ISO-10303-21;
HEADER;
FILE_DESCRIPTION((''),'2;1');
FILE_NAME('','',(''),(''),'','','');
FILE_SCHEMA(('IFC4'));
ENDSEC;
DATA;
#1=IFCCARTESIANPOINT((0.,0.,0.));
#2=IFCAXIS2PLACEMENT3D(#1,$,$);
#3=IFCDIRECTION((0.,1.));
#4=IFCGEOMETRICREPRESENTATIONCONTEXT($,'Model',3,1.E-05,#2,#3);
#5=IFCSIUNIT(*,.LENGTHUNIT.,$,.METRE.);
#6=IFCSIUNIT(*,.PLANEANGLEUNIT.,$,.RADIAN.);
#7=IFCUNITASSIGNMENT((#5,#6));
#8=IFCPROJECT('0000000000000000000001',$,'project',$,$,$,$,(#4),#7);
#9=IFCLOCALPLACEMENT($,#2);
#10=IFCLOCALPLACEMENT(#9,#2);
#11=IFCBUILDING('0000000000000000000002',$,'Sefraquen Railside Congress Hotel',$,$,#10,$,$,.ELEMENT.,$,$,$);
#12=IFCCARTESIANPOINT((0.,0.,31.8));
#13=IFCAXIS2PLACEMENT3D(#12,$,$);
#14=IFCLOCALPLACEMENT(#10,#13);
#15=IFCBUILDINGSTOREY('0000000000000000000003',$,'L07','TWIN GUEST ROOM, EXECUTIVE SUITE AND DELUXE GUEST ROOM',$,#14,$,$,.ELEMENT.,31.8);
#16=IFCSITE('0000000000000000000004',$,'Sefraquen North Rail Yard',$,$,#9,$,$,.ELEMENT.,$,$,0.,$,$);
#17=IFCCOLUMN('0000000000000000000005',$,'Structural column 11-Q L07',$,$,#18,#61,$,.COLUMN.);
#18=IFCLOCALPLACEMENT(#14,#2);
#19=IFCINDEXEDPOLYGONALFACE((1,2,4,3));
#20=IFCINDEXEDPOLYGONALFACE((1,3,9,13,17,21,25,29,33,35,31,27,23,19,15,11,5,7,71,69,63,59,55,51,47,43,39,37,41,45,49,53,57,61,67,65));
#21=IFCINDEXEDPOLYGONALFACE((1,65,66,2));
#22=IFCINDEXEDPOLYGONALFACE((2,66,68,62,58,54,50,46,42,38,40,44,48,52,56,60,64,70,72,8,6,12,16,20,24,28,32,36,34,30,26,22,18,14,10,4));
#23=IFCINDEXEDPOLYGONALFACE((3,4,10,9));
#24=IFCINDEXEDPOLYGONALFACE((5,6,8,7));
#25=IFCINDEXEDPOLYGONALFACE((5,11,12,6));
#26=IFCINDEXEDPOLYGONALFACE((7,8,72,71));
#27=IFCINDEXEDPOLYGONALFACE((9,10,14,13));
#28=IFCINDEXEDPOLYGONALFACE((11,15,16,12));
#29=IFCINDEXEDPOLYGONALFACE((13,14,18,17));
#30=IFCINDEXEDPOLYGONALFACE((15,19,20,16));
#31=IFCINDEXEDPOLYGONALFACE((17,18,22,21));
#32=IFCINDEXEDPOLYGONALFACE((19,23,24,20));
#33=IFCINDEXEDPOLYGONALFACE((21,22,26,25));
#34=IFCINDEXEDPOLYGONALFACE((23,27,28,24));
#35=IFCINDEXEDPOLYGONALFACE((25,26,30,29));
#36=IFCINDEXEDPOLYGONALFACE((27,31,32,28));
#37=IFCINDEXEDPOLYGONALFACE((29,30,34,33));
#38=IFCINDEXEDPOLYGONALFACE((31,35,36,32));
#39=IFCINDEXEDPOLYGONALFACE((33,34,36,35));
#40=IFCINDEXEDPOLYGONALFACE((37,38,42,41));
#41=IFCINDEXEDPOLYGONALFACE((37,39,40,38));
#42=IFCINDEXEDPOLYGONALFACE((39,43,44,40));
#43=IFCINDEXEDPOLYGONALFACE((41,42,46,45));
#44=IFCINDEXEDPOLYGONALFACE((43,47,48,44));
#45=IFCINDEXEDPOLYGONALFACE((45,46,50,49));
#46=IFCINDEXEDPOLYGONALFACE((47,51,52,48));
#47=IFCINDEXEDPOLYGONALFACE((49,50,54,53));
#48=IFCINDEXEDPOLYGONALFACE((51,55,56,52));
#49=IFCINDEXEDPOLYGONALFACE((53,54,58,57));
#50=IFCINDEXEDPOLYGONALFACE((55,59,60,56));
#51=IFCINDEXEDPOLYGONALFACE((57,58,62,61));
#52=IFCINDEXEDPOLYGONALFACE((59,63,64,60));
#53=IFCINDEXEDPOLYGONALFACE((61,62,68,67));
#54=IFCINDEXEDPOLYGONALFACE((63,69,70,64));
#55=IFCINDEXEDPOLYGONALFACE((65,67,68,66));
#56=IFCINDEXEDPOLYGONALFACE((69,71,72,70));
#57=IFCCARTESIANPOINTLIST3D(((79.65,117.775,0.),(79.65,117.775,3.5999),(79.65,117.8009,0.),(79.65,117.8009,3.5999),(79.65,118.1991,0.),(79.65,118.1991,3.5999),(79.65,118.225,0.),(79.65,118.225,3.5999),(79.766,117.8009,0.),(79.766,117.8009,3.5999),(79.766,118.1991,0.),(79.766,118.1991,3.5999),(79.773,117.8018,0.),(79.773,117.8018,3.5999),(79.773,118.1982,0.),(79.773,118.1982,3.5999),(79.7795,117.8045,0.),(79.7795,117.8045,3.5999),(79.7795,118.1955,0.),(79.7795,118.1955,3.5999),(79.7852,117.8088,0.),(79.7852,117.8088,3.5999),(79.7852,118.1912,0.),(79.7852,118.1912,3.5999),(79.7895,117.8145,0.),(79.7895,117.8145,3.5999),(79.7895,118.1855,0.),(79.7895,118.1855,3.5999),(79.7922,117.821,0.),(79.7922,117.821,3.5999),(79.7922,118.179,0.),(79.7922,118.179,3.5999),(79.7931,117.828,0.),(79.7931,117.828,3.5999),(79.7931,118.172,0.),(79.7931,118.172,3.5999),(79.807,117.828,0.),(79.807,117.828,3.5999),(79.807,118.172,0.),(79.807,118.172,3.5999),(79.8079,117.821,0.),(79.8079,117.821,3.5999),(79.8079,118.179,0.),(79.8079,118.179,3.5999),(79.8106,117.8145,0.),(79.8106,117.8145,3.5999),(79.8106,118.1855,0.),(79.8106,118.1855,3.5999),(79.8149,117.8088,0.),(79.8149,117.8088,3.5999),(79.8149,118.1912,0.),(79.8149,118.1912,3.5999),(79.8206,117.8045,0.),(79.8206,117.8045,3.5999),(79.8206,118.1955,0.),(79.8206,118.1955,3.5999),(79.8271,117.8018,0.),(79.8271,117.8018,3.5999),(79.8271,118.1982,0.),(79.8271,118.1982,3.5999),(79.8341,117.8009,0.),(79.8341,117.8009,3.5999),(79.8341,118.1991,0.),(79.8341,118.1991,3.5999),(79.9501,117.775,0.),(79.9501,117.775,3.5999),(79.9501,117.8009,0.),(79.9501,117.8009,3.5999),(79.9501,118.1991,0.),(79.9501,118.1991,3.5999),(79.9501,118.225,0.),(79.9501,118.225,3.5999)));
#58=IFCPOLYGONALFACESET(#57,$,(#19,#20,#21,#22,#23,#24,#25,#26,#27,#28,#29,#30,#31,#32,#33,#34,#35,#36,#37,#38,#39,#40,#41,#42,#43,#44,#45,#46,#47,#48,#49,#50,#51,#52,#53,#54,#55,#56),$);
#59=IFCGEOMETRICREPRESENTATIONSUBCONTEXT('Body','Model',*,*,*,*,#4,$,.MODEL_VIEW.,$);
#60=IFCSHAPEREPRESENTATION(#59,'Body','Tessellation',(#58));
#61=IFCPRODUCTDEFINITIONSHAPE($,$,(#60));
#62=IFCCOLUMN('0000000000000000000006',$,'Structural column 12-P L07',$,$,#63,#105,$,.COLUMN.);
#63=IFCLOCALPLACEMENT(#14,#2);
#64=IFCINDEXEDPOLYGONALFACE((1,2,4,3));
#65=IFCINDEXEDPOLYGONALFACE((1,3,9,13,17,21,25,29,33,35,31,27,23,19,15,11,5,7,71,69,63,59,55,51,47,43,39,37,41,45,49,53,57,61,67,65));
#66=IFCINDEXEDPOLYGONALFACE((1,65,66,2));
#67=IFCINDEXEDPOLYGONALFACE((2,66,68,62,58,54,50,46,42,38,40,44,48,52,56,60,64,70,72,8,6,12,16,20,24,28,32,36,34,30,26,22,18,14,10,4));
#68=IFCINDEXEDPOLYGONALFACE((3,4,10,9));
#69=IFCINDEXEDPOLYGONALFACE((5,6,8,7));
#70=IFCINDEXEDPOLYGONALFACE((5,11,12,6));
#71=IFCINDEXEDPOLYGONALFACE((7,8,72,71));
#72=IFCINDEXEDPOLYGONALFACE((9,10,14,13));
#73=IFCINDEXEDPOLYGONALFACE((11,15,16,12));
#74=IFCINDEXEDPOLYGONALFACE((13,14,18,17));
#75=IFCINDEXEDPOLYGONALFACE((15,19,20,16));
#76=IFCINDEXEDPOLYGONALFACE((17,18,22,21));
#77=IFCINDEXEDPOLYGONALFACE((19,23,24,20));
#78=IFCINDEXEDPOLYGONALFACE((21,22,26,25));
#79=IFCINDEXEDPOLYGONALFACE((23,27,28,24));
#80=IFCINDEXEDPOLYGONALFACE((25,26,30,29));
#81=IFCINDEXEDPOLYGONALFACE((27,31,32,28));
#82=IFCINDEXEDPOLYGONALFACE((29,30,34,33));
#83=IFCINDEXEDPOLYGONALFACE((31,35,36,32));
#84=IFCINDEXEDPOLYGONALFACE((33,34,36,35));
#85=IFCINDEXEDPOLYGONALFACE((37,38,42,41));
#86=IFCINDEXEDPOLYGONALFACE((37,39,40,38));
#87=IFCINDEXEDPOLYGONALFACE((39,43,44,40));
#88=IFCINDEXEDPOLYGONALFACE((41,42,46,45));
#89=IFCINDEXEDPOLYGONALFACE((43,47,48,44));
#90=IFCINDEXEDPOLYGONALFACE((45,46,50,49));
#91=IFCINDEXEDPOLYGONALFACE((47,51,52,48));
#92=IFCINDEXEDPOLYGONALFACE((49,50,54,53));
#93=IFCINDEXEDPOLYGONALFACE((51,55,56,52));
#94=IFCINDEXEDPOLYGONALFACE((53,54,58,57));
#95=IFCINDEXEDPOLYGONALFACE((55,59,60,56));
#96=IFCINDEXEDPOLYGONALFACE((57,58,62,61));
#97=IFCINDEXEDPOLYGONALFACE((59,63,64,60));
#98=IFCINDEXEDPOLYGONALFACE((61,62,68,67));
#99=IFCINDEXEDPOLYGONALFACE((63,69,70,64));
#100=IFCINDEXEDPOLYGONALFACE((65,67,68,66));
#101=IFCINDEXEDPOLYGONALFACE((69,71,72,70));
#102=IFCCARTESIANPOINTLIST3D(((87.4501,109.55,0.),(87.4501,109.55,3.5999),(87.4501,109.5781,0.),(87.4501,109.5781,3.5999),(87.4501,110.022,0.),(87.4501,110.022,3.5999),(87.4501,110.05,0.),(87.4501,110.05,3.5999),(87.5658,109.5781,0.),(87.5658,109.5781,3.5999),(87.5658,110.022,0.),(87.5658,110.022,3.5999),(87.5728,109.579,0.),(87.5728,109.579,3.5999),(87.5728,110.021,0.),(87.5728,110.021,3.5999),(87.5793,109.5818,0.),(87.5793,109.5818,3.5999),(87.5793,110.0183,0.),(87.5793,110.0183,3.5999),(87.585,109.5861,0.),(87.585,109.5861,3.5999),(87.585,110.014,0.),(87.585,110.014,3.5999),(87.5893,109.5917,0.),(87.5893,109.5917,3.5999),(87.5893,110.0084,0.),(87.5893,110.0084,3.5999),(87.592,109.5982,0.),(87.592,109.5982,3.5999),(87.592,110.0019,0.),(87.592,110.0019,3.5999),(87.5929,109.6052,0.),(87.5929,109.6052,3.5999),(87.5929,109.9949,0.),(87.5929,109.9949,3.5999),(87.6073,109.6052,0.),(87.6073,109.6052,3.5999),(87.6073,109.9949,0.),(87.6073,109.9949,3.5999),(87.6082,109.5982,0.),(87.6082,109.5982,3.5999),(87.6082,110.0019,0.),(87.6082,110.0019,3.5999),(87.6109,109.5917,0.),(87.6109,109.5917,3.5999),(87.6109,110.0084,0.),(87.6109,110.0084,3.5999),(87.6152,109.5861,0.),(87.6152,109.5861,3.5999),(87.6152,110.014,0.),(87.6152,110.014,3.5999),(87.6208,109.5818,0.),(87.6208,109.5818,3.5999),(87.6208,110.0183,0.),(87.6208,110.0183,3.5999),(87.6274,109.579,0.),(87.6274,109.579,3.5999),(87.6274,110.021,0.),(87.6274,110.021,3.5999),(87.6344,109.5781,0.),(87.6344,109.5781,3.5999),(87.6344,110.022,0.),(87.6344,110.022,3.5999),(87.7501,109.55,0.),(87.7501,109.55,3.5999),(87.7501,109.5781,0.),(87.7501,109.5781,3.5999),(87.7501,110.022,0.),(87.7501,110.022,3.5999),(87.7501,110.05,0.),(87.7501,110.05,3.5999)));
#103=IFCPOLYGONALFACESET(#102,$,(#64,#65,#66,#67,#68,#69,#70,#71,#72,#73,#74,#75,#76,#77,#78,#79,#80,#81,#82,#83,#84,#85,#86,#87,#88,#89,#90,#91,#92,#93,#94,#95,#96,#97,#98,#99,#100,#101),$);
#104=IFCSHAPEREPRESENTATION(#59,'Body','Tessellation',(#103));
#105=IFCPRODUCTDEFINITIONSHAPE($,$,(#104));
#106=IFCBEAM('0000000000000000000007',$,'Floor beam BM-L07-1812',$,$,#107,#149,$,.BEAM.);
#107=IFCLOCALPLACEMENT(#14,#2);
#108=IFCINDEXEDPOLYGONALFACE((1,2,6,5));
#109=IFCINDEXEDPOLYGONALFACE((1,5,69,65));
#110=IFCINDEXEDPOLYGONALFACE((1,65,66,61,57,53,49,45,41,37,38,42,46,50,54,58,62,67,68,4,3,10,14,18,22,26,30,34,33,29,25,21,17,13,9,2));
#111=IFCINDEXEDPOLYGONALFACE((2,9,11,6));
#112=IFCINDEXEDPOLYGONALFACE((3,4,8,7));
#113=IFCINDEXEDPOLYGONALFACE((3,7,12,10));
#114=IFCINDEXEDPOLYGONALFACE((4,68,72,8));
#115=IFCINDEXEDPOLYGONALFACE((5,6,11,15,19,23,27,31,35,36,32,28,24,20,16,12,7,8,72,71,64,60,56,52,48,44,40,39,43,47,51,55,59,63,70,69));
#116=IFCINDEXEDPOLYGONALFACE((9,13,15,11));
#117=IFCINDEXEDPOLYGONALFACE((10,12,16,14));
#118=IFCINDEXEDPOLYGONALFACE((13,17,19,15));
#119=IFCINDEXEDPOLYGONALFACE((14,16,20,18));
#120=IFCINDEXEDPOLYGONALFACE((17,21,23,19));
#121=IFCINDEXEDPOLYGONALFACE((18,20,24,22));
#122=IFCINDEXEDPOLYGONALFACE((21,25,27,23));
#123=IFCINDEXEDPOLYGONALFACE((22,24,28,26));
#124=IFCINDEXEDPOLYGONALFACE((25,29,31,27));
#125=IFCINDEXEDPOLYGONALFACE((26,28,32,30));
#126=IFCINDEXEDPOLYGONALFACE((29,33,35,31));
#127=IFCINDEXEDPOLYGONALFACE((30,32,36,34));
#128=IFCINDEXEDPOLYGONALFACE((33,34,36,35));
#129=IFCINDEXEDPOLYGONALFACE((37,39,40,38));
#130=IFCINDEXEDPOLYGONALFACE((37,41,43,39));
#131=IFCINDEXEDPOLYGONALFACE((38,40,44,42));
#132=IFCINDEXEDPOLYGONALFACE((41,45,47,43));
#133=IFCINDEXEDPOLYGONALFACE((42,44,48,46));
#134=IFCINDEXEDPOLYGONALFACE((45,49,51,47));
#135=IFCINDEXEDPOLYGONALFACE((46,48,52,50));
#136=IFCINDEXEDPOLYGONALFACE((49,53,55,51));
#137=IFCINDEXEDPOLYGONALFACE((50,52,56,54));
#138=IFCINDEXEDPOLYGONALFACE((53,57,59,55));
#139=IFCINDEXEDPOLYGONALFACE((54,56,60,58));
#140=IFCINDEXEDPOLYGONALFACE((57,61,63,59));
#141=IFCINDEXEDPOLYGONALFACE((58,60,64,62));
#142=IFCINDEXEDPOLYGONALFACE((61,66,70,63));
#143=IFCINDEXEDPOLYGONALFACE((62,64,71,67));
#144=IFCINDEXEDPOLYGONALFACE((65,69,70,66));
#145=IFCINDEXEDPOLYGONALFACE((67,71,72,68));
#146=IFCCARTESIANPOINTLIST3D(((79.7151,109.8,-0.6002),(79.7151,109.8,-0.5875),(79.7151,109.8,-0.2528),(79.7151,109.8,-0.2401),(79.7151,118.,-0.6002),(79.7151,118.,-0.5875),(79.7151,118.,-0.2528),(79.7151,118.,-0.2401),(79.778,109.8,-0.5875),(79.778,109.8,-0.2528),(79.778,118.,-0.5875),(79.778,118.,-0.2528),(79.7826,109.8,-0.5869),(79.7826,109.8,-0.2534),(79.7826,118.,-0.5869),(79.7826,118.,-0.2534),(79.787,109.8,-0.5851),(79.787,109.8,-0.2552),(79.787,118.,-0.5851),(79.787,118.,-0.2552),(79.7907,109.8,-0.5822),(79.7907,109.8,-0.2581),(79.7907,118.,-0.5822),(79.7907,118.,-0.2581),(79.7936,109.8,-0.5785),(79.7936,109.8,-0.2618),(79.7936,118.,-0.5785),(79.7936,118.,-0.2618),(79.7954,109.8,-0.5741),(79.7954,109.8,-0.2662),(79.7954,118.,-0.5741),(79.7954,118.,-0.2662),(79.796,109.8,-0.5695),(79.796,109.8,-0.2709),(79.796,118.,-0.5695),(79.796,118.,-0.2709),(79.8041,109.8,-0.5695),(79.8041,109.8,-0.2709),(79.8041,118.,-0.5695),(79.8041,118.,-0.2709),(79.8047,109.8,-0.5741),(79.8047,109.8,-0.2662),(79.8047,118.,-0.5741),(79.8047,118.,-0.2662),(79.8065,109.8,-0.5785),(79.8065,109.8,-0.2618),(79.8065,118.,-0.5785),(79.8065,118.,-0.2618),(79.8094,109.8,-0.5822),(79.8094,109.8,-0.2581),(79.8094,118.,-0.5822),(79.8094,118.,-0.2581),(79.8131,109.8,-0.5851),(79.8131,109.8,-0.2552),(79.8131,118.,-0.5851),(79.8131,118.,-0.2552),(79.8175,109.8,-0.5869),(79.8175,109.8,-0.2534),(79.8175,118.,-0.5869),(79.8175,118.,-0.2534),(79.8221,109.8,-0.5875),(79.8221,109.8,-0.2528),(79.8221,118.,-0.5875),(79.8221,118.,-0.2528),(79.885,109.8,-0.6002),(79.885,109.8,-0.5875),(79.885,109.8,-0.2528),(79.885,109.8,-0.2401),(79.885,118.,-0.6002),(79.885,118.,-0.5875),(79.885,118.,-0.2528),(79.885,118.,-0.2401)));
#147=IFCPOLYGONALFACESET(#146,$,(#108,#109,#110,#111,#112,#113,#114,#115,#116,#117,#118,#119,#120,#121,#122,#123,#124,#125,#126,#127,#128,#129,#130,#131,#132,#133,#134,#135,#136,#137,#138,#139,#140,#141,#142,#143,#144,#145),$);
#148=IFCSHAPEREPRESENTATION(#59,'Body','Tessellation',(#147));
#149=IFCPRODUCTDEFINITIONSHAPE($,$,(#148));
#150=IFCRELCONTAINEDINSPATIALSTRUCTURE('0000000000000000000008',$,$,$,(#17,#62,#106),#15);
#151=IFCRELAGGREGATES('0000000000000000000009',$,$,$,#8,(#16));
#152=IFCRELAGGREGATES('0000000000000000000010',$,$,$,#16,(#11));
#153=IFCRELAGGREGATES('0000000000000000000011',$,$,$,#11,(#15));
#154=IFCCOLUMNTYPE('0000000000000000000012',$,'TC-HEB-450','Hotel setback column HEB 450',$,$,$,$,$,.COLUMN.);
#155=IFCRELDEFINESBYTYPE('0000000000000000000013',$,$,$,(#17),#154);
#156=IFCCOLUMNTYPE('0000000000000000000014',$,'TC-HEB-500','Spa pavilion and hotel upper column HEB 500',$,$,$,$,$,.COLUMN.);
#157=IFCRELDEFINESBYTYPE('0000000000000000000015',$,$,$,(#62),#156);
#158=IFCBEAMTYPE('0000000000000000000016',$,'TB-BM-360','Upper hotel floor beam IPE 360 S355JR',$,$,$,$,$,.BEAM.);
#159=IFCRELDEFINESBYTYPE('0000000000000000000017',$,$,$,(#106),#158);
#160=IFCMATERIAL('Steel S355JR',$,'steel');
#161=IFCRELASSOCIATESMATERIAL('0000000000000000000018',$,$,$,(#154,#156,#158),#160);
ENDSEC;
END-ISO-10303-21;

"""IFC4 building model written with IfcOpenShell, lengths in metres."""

from ifc_helpers import new_model, si_unit, direction, frame, origin, origin_2d, place, context, subcontext, project, spatial, i_section, extrude, material, material_profile, profile_set, type_object, element, save


model = new_model("IFC4")

# Units and contexts
model_context = context("Model", 3, precision=1e-05, world=origin(), true_north=direction((0.0, 1.0)))
body_context = subcontext(model_context, "Body", "Model", "MODEL_VIEW")
ifc_project = project(units=[si_unit("LENGTHUNIT", "METRE"), si_unit("PLANEANGLEUNIT", "RADIAN")], contexts=[model_context])

# Site, building, storey
site_placement = place(None, origin())
site = spatial("IfcSite", under=ifc_project, at=site_placement, Name="Sefraquen North Rail Yard", CompositionType="ELEMENT", RefElevation=0.0)
building_placement = place(site_placement, origin())
building = spatial("IfcBuilding", under=site, at=building_placement, Name="Sefraquen Railside Congress Hotel", CompositionType="ELEMENT")
storey_placement = place(building_placement, frame((0.0, 0.0, 31.8)))
storey = spatial("IfcBuildingStorey", under=building, at=storey_placement, Name="L07", Description="TWIN GUEST ROOM, EXECUTIVE SUITE AND DELUXE GUEST ROOM", CompositionType="ELEMENT", Elevation=31.8)

# Columns
ifc_material_1 = material(Name="Steel S355JR", Category="steel")
ifc_material_profile_1 = material_profile(ifc_material_1, i_section(OverallWidth=0.3, OverallDepth=0.45, WebThickness=0.0139, FlangeThickness=0.0259, FilletRadius=0.0271, at=origin_2d()), Name="HEB 450")
ifc_profile_set_1 = profile_set([ifc_material_profile_1], Name="Steel S355JR")
column_type_1 = type_object("IfcColumnType", Name="TC-HEB-450", Description="Hotel setback column HEB 450", PredefinedType="COLUMN", material=ifc_profile_set_1)
column_1_placement = place(storey_placement, frame((79.8, 118.0, 0.0), z_axis=(0.0, 0.0, 1.0), x_axis=(1.0, 0.0, 0.0)))
element("IfcColumn", 1, at=column_1_placement, inside=storey, type_object=column_type_1, Name="Structural column 11-Q L07", PredefinedType="COLUMN", context=body_context, shape_type="SweptSolid", body=[
    extrude(i_section(OverallWidth=0.3, OverallDepth=0.45, WebThickness=0.0139, FlangeThickness=0.0259, FilletRadius=0.0271, at=origin_2d()), origin(), (0.0, 0.0, 1.0), 3.5999),
])
ifc_material_profile_2 = material_profile(ifc_material_1, i_section(OverallWidth=0.3, OverallDepth=0.5, WebThickness=0.0144, FlangeThickness=0.0281, FilletRadius=0.0271, at=origin_2d()), Name="HEB 500")
ifc_profile_set_2 = profile_set([ifc_material_profile_2], Name="Steel S355JR")
column_type_2 = type_object("IfcColumnType", Name="TC-HEB-500", Description="Spa pavilion and hotel upper column HEB 500", PredefinedType="COLUMN", material=ifc_profile_set_2)
column_2_placement = place(storey_placement, frame((87.6001, 109.8, 0.0), z_axis=(0.0, 0.0, 1.0), x_axis=(1.0, 0.0, 0.0)))
element("IfcColumn", 2, at=column_2_placement, inside=storey, type_object=column_type_2, Name="Structural column 12-P L07", PredefinedType="COLUMN", context=body_context, shape_type="SweptSolid", body=[
    extrude(i_section(OverallWidth=0.3, OverallDepth=0.5, WebThickness=0.0144, FlangeThickness=0.0281, FilletRadius=0.0271, at=origin_2d()), origin(), (0.0, 0.0, 1.0), 3.5999),
])

# Beam
ifc_material_profile_3 = material_profile(ifc_material_1, i_section(OverallWidth=0.1699, OverallDepth=0.3601, WebThickness=0.0081, FlangeThickness=0.0127, FilletRadius=0.0181, at=origin_2d()), Name="IPE 360")
ifc_profile_set_3 = profile_set([ifc_material_profile_3], Name="Steel S355JR")
beam_type_1 = type_object("IfcBeamType", Name="TB-BM-360", Description="Upper hotel floor beam IPE 360 S355JR", PredefinedType="BEAM", material=ifc_profile_set_3)
beam_placement = place(storey_placement, frame((79.8, 109.8, -0.4202), z_axis=(0.0, 1.0, 0.0), x_axis=(-1.0, 0.0, 0.0)))
element("IfcBeam", 3, at=beam_placement, inside=storey, type_object=beam_type_1, Name="Floor beam BM-L07-1812", PredefinedType="BEAM", context=body_context, shape_type="SweptSolid", body=[
    extrude(i_section(OverallWidth=0.1699, OverallDepth=0.3601, WebThickness=0.0081, FlangeThickness=0.0127, FilletRadius=0.0181, at=origin_2d()), origin(), (0.0, 0.0, 1.0), 8.2),
])

save(model, "model.ifc")
